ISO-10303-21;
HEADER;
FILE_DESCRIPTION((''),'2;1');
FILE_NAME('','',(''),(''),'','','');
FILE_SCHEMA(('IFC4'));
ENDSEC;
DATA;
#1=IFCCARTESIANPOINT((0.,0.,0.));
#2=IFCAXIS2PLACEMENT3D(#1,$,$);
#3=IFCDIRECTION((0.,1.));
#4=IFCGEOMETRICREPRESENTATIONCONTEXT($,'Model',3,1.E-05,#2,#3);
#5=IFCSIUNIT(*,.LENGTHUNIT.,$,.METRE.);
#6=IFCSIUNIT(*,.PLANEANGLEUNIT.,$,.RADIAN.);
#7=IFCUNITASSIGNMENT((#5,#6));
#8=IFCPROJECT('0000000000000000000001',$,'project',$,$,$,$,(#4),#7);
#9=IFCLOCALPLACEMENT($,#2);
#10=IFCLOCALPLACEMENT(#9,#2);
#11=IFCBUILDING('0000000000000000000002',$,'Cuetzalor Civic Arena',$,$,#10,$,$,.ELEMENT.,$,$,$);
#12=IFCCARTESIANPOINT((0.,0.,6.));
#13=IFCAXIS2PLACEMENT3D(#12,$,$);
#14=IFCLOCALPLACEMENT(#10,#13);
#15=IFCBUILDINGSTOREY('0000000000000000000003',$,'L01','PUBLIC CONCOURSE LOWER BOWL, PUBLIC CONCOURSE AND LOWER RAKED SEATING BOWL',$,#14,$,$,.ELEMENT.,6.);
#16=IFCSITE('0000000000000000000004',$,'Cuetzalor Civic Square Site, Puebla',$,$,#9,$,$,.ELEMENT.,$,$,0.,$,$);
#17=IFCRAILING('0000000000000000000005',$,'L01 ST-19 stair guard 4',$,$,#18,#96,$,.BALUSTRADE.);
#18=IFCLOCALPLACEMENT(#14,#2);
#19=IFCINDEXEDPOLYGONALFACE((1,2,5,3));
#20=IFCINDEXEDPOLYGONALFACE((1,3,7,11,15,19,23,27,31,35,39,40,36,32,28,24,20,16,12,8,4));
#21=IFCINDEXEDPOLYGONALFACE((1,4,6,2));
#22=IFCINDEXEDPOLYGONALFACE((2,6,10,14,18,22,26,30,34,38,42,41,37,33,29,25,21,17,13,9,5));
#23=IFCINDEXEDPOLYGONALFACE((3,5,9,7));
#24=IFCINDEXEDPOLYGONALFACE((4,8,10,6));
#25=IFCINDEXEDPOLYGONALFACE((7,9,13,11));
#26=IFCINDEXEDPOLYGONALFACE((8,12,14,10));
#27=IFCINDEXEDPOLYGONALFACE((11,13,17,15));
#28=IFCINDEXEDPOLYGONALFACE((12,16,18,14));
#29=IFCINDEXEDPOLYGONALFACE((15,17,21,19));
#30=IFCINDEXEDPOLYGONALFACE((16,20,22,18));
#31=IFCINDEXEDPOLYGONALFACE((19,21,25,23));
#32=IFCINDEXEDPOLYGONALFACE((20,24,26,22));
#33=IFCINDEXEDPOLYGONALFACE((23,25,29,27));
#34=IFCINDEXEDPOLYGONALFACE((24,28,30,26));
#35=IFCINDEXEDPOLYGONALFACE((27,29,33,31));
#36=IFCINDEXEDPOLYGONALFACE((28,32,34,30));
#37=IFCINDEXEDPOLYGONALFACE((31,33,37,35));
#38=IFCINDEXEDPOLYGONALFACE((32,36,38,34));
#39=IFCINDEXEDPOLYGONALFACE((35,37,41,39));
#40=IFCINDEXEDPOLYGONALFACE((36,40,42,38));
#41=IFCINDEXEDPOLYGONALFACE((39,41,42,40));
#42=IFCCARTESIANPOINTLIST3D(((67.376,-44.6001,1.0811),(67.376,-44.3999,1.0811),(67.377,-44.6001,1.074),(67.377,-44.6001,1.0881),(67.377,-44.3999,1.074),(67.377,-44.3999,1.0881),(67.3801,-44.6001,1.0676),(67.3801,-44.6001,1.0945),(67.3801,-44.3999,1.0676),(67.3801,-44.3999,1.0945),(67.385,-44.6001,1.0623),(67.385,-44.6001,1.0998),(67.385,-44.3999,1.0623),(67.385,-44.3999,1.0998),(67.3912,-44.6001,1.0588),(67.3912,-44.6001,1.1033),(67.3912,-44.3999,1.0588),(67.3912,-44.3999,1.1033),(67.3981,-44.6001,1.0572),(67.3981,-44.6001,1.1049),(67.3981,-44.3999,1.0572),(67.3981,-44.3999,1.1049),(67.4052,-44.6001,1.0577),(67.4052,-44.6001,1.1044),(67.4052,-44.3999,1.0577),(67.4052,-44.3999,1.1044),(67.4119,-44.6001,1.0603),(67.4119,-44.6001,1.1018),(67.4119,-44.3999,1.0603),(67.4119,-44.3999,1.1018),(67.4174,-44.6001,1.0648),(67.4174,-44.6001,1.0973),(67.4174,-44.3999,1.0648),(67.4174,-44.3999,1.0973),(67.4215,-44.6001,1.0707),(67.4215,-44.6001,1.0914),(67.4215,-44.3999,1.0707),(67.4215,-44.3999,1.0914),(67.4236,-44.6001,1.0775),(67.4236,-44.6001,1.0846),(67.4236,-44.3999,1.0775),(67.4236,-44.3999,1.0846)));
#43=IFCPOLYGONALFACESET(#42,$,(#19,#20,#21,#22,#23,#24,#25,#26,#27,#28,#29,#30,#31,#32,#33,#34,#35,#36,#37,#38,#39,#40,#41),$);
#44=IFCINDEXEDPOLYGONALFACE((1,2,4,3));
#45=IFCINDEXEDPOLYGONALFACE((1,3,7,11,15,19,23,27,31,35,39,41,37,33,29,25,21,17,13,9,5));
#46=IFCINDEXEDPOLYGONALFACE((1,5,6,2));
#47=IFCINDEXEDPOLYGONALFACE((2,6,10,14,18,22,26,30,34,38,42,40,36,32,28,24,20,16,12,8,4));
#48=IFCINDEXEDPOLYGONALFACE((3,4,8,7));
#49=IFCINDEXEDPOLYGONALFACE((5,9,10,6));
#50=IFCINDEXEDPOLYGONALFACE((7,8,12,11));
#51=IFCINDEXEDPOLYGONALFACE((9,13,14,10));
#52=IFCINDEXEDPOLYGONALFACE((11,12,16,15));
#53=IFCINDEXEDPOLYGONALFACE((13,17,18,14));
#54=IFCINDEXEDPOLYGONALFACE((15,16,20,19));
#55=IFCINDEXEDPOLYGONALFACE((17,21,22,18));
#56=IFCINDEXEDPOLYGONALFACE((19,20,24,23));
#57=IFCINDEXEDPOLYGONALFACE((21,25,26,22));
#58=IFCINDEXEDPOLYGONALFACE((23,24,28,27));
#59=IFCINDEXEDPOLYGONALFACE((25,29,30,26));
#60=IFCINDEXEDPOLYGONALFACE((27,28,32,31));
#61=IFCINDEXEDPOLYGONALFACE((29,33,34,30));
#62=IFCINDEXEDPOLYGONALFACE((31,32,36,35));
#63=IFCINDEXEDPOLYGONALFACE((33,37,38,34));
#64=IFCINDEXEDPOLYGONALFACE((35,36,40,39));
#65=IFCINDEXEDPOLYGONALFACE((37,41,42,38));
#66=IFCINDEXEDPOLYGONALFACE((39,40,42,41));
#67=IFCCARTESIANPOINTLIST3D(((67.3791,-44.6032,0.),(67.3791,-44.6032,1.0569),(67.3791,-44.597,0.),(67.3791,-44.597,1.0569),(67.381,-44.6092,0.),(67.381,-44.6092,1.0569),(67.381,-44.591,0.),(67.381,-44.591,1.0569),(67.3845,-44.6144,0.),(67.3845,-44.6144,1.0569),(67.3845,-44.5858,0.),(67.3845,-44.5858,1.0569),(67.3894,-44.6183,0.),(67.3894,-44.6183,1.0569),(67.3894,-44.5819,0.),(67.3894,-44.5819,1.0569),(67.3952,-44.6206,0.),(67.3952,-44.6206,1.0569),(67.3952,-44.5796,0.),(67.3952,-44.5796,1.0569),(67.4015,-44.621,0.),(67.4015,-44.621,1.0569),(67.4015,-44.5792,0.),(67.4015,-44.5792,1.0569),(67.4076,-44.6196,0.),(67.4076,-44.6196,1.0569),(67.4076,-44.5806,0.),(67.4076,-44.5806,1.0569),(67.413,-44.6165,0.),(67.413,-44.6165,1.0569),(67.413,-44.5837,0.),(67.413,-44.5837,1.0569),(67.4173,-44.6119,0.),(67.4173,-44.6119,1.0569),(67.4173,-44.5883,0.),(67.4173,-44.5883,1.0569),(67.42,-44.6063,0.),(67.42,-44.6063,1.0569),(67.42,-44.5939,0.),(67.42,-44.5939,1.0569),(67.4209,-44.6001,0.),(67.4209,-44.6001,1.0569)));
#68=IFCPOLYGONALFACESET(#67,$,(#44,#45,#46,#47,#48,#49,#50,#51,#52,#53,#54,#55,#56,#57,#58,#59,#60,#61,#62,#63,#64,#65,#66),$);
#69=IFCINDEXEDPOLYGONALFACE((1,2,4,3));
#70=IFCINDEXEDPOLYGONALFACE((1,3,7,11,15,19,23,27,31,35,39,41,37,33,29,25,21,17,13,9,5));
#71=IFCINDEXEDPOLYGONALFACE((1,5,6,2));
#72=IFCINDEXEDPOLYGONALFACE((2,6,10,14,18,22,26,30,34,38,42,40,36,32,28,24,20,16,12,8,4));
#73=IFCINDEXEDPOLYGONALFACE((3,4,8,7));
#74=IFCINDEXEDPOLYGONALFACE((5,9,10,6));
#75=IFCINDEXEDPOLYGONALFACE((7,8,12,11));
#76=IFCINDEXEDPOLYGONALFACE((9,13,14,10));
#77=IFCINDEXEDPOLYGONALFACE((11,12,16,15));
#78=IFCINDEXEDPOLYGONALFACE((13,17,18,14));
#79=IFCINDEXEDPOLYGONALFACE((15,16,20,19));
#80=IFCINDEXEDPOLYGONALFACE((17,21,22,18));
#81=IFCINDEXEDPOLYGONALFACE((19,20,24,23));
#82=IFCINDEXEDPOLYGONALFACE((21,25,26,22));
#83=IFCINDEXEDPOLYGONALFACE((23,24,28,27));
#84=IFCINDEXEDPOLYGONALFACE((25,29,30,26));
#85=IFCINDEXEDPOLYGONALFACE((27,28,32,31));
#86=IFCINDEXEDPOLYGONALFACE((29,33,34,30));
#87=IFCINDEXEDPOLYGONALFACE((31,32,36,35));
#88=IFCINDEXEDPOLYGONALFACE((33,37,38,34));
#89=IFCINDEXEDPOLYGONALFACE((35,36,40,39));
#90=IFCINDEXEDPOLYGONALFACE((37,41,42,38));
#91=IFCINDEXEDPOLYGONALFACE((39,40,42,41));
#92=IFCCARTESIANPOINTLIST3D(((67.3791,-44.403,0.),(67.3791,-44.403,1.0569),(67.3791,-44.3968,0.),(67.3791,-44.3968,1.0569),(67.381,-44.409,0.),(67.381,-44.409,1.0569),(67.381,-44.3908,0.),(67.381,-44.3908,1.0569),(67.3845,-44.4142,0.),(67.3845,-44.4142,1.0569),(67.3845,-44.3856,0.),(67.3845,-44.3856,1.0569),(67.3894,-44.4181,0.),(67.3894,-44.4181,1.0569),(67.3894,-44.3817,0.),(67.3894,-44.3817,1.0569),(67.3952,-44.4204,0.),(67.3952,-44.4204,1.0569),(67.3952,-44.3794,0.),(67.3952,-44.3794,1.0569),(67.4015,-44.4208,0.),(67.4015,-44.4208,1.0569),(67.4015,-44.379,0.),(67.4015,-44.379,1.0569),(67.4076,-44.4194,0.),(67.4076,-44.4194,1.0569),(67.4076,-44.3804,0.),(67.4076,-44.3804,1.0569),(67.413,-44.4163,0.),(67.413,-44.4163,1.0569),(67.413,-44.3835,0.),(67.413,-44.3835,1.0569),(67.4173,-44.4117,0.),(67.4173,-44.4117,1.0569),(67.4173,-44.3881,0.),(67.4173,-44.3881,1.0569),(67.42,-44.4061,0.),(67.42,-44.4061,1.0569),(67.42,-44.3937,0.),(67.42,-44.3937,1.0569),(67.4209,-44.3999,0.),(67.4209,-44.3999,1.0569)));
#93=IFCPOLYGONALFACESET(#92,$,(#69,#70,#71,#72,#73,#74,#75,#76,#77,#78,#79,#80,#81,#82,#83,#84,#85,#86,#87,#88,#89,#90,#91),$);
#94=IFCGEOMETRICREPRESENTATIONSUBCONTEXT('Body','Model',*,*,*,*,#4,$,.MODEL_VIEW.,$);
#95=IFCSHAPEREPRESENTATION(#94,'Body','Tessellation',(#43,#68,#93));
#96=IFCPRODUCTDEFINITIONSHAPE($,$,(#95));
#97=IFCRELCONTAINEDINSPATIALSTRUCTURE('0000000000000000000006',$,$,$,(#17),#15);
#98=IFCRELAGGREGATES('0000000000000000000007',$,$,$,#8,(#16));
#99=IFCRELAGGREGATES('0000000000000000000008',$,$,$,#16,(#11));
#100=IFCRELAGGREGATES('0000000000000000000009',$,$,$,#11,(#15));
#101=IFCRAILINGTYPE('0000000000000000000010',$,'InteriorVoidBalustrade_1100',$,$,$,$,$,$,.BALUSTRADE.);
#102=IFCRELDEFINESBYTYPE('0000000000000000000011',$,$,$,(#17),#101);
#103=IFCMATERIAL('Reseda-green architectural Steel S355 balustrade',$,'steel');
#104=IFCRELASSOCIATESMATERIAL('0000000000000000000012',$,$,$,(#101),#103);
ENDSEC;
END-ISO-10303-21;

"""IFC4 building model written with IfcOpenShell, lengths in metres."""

from ifc_helpers import new_model, si_unit, direction, frame, origin, origin_2d, place, context, subcontext, project, spatial, circle, extrude, material, type_object, element, save


model = new_model("IFC4")

# Units and contexts
model_context = context("Model", 3, precision=1e-05, world=origin(), true_north=direction((0.0, 1.0)))
body_context = subcontext(model_context, "Body", "Model", "MODEL_VIEW")
ifc_project = project(units=[si_unit("LENGTHUNIT", "METRE"), si_unit("PLANEANGLEUNIT", "RADIAN")], contexts=[model_context])

# Site, building, storey
site_placement = place(None, origin())
site = spatial("IfcSite", under=ifc_project, at=site_placement, Name="Cuetzalor Civic Square Site, Puebla", CompositionType="ELEMENT", RefElevation=0.0)
building_placement = place(site_placement, origin())
building = spatial("IfcBuilding", under=site, at=building_placement, Name="Cuetzalor Civic Arena", CompositionType="ELEMENT")
storey_placement = place(building_placement, frame((0.0, 0.0, 6.0)))
storey = spatial("IfcBuildingStorey", under=building, at=storey_placement, Name="L01", Description="PUBLIC CONCOURSE LOWER BOWL, PUBLIC CONCOURSE AND LOWER RAKED SEATING BOWL", CompositionType="ELEMENT", Elevation=6.0)

# Railing
ifc_material_1 = material(Name="Reseda-green architectural Steel S355 balustrade", Category="steel")
railing_type_1 = type_object("IfcRailingType", Name="InteriorVoidBalustrade_1100", PredefinedType="BALUSTRADE", material=ifc_material_1)
railing_1_placement = place(storey_placement, frame((67.3999, -44.6001, 0.0)))
element("IfcRailing", 1, at=railing_1_placement, inside=storey, type_object=railing_type_1, Name="L01 ST-19 stair guard 4", PredefinedType="BALUSTRADE", context=body_context, shape_type="SweptSolid", body=[
    extrude(circle(Radius=0.0239, at=origin_2d()), frame((0.0, 0.0, 1.0811), z_axis=(0.0, 1.0, 0.0), x_axis=(-1.0, 0.0, 0.0)), (0.0, 0.0, 1.0), 0.2002),
    extrude(circle(Radius=0.021, at=origin_2d()), origin(), (0.0, 0.0, 1.0), 1.0569),
    extrude(circle(Radius=0.021, at=origin_2d()), frame((0.0, 0.2002, 0.0)), (0.0, 0.0, 1.0), 1.0569),
])

save(model, "model.ifc")
